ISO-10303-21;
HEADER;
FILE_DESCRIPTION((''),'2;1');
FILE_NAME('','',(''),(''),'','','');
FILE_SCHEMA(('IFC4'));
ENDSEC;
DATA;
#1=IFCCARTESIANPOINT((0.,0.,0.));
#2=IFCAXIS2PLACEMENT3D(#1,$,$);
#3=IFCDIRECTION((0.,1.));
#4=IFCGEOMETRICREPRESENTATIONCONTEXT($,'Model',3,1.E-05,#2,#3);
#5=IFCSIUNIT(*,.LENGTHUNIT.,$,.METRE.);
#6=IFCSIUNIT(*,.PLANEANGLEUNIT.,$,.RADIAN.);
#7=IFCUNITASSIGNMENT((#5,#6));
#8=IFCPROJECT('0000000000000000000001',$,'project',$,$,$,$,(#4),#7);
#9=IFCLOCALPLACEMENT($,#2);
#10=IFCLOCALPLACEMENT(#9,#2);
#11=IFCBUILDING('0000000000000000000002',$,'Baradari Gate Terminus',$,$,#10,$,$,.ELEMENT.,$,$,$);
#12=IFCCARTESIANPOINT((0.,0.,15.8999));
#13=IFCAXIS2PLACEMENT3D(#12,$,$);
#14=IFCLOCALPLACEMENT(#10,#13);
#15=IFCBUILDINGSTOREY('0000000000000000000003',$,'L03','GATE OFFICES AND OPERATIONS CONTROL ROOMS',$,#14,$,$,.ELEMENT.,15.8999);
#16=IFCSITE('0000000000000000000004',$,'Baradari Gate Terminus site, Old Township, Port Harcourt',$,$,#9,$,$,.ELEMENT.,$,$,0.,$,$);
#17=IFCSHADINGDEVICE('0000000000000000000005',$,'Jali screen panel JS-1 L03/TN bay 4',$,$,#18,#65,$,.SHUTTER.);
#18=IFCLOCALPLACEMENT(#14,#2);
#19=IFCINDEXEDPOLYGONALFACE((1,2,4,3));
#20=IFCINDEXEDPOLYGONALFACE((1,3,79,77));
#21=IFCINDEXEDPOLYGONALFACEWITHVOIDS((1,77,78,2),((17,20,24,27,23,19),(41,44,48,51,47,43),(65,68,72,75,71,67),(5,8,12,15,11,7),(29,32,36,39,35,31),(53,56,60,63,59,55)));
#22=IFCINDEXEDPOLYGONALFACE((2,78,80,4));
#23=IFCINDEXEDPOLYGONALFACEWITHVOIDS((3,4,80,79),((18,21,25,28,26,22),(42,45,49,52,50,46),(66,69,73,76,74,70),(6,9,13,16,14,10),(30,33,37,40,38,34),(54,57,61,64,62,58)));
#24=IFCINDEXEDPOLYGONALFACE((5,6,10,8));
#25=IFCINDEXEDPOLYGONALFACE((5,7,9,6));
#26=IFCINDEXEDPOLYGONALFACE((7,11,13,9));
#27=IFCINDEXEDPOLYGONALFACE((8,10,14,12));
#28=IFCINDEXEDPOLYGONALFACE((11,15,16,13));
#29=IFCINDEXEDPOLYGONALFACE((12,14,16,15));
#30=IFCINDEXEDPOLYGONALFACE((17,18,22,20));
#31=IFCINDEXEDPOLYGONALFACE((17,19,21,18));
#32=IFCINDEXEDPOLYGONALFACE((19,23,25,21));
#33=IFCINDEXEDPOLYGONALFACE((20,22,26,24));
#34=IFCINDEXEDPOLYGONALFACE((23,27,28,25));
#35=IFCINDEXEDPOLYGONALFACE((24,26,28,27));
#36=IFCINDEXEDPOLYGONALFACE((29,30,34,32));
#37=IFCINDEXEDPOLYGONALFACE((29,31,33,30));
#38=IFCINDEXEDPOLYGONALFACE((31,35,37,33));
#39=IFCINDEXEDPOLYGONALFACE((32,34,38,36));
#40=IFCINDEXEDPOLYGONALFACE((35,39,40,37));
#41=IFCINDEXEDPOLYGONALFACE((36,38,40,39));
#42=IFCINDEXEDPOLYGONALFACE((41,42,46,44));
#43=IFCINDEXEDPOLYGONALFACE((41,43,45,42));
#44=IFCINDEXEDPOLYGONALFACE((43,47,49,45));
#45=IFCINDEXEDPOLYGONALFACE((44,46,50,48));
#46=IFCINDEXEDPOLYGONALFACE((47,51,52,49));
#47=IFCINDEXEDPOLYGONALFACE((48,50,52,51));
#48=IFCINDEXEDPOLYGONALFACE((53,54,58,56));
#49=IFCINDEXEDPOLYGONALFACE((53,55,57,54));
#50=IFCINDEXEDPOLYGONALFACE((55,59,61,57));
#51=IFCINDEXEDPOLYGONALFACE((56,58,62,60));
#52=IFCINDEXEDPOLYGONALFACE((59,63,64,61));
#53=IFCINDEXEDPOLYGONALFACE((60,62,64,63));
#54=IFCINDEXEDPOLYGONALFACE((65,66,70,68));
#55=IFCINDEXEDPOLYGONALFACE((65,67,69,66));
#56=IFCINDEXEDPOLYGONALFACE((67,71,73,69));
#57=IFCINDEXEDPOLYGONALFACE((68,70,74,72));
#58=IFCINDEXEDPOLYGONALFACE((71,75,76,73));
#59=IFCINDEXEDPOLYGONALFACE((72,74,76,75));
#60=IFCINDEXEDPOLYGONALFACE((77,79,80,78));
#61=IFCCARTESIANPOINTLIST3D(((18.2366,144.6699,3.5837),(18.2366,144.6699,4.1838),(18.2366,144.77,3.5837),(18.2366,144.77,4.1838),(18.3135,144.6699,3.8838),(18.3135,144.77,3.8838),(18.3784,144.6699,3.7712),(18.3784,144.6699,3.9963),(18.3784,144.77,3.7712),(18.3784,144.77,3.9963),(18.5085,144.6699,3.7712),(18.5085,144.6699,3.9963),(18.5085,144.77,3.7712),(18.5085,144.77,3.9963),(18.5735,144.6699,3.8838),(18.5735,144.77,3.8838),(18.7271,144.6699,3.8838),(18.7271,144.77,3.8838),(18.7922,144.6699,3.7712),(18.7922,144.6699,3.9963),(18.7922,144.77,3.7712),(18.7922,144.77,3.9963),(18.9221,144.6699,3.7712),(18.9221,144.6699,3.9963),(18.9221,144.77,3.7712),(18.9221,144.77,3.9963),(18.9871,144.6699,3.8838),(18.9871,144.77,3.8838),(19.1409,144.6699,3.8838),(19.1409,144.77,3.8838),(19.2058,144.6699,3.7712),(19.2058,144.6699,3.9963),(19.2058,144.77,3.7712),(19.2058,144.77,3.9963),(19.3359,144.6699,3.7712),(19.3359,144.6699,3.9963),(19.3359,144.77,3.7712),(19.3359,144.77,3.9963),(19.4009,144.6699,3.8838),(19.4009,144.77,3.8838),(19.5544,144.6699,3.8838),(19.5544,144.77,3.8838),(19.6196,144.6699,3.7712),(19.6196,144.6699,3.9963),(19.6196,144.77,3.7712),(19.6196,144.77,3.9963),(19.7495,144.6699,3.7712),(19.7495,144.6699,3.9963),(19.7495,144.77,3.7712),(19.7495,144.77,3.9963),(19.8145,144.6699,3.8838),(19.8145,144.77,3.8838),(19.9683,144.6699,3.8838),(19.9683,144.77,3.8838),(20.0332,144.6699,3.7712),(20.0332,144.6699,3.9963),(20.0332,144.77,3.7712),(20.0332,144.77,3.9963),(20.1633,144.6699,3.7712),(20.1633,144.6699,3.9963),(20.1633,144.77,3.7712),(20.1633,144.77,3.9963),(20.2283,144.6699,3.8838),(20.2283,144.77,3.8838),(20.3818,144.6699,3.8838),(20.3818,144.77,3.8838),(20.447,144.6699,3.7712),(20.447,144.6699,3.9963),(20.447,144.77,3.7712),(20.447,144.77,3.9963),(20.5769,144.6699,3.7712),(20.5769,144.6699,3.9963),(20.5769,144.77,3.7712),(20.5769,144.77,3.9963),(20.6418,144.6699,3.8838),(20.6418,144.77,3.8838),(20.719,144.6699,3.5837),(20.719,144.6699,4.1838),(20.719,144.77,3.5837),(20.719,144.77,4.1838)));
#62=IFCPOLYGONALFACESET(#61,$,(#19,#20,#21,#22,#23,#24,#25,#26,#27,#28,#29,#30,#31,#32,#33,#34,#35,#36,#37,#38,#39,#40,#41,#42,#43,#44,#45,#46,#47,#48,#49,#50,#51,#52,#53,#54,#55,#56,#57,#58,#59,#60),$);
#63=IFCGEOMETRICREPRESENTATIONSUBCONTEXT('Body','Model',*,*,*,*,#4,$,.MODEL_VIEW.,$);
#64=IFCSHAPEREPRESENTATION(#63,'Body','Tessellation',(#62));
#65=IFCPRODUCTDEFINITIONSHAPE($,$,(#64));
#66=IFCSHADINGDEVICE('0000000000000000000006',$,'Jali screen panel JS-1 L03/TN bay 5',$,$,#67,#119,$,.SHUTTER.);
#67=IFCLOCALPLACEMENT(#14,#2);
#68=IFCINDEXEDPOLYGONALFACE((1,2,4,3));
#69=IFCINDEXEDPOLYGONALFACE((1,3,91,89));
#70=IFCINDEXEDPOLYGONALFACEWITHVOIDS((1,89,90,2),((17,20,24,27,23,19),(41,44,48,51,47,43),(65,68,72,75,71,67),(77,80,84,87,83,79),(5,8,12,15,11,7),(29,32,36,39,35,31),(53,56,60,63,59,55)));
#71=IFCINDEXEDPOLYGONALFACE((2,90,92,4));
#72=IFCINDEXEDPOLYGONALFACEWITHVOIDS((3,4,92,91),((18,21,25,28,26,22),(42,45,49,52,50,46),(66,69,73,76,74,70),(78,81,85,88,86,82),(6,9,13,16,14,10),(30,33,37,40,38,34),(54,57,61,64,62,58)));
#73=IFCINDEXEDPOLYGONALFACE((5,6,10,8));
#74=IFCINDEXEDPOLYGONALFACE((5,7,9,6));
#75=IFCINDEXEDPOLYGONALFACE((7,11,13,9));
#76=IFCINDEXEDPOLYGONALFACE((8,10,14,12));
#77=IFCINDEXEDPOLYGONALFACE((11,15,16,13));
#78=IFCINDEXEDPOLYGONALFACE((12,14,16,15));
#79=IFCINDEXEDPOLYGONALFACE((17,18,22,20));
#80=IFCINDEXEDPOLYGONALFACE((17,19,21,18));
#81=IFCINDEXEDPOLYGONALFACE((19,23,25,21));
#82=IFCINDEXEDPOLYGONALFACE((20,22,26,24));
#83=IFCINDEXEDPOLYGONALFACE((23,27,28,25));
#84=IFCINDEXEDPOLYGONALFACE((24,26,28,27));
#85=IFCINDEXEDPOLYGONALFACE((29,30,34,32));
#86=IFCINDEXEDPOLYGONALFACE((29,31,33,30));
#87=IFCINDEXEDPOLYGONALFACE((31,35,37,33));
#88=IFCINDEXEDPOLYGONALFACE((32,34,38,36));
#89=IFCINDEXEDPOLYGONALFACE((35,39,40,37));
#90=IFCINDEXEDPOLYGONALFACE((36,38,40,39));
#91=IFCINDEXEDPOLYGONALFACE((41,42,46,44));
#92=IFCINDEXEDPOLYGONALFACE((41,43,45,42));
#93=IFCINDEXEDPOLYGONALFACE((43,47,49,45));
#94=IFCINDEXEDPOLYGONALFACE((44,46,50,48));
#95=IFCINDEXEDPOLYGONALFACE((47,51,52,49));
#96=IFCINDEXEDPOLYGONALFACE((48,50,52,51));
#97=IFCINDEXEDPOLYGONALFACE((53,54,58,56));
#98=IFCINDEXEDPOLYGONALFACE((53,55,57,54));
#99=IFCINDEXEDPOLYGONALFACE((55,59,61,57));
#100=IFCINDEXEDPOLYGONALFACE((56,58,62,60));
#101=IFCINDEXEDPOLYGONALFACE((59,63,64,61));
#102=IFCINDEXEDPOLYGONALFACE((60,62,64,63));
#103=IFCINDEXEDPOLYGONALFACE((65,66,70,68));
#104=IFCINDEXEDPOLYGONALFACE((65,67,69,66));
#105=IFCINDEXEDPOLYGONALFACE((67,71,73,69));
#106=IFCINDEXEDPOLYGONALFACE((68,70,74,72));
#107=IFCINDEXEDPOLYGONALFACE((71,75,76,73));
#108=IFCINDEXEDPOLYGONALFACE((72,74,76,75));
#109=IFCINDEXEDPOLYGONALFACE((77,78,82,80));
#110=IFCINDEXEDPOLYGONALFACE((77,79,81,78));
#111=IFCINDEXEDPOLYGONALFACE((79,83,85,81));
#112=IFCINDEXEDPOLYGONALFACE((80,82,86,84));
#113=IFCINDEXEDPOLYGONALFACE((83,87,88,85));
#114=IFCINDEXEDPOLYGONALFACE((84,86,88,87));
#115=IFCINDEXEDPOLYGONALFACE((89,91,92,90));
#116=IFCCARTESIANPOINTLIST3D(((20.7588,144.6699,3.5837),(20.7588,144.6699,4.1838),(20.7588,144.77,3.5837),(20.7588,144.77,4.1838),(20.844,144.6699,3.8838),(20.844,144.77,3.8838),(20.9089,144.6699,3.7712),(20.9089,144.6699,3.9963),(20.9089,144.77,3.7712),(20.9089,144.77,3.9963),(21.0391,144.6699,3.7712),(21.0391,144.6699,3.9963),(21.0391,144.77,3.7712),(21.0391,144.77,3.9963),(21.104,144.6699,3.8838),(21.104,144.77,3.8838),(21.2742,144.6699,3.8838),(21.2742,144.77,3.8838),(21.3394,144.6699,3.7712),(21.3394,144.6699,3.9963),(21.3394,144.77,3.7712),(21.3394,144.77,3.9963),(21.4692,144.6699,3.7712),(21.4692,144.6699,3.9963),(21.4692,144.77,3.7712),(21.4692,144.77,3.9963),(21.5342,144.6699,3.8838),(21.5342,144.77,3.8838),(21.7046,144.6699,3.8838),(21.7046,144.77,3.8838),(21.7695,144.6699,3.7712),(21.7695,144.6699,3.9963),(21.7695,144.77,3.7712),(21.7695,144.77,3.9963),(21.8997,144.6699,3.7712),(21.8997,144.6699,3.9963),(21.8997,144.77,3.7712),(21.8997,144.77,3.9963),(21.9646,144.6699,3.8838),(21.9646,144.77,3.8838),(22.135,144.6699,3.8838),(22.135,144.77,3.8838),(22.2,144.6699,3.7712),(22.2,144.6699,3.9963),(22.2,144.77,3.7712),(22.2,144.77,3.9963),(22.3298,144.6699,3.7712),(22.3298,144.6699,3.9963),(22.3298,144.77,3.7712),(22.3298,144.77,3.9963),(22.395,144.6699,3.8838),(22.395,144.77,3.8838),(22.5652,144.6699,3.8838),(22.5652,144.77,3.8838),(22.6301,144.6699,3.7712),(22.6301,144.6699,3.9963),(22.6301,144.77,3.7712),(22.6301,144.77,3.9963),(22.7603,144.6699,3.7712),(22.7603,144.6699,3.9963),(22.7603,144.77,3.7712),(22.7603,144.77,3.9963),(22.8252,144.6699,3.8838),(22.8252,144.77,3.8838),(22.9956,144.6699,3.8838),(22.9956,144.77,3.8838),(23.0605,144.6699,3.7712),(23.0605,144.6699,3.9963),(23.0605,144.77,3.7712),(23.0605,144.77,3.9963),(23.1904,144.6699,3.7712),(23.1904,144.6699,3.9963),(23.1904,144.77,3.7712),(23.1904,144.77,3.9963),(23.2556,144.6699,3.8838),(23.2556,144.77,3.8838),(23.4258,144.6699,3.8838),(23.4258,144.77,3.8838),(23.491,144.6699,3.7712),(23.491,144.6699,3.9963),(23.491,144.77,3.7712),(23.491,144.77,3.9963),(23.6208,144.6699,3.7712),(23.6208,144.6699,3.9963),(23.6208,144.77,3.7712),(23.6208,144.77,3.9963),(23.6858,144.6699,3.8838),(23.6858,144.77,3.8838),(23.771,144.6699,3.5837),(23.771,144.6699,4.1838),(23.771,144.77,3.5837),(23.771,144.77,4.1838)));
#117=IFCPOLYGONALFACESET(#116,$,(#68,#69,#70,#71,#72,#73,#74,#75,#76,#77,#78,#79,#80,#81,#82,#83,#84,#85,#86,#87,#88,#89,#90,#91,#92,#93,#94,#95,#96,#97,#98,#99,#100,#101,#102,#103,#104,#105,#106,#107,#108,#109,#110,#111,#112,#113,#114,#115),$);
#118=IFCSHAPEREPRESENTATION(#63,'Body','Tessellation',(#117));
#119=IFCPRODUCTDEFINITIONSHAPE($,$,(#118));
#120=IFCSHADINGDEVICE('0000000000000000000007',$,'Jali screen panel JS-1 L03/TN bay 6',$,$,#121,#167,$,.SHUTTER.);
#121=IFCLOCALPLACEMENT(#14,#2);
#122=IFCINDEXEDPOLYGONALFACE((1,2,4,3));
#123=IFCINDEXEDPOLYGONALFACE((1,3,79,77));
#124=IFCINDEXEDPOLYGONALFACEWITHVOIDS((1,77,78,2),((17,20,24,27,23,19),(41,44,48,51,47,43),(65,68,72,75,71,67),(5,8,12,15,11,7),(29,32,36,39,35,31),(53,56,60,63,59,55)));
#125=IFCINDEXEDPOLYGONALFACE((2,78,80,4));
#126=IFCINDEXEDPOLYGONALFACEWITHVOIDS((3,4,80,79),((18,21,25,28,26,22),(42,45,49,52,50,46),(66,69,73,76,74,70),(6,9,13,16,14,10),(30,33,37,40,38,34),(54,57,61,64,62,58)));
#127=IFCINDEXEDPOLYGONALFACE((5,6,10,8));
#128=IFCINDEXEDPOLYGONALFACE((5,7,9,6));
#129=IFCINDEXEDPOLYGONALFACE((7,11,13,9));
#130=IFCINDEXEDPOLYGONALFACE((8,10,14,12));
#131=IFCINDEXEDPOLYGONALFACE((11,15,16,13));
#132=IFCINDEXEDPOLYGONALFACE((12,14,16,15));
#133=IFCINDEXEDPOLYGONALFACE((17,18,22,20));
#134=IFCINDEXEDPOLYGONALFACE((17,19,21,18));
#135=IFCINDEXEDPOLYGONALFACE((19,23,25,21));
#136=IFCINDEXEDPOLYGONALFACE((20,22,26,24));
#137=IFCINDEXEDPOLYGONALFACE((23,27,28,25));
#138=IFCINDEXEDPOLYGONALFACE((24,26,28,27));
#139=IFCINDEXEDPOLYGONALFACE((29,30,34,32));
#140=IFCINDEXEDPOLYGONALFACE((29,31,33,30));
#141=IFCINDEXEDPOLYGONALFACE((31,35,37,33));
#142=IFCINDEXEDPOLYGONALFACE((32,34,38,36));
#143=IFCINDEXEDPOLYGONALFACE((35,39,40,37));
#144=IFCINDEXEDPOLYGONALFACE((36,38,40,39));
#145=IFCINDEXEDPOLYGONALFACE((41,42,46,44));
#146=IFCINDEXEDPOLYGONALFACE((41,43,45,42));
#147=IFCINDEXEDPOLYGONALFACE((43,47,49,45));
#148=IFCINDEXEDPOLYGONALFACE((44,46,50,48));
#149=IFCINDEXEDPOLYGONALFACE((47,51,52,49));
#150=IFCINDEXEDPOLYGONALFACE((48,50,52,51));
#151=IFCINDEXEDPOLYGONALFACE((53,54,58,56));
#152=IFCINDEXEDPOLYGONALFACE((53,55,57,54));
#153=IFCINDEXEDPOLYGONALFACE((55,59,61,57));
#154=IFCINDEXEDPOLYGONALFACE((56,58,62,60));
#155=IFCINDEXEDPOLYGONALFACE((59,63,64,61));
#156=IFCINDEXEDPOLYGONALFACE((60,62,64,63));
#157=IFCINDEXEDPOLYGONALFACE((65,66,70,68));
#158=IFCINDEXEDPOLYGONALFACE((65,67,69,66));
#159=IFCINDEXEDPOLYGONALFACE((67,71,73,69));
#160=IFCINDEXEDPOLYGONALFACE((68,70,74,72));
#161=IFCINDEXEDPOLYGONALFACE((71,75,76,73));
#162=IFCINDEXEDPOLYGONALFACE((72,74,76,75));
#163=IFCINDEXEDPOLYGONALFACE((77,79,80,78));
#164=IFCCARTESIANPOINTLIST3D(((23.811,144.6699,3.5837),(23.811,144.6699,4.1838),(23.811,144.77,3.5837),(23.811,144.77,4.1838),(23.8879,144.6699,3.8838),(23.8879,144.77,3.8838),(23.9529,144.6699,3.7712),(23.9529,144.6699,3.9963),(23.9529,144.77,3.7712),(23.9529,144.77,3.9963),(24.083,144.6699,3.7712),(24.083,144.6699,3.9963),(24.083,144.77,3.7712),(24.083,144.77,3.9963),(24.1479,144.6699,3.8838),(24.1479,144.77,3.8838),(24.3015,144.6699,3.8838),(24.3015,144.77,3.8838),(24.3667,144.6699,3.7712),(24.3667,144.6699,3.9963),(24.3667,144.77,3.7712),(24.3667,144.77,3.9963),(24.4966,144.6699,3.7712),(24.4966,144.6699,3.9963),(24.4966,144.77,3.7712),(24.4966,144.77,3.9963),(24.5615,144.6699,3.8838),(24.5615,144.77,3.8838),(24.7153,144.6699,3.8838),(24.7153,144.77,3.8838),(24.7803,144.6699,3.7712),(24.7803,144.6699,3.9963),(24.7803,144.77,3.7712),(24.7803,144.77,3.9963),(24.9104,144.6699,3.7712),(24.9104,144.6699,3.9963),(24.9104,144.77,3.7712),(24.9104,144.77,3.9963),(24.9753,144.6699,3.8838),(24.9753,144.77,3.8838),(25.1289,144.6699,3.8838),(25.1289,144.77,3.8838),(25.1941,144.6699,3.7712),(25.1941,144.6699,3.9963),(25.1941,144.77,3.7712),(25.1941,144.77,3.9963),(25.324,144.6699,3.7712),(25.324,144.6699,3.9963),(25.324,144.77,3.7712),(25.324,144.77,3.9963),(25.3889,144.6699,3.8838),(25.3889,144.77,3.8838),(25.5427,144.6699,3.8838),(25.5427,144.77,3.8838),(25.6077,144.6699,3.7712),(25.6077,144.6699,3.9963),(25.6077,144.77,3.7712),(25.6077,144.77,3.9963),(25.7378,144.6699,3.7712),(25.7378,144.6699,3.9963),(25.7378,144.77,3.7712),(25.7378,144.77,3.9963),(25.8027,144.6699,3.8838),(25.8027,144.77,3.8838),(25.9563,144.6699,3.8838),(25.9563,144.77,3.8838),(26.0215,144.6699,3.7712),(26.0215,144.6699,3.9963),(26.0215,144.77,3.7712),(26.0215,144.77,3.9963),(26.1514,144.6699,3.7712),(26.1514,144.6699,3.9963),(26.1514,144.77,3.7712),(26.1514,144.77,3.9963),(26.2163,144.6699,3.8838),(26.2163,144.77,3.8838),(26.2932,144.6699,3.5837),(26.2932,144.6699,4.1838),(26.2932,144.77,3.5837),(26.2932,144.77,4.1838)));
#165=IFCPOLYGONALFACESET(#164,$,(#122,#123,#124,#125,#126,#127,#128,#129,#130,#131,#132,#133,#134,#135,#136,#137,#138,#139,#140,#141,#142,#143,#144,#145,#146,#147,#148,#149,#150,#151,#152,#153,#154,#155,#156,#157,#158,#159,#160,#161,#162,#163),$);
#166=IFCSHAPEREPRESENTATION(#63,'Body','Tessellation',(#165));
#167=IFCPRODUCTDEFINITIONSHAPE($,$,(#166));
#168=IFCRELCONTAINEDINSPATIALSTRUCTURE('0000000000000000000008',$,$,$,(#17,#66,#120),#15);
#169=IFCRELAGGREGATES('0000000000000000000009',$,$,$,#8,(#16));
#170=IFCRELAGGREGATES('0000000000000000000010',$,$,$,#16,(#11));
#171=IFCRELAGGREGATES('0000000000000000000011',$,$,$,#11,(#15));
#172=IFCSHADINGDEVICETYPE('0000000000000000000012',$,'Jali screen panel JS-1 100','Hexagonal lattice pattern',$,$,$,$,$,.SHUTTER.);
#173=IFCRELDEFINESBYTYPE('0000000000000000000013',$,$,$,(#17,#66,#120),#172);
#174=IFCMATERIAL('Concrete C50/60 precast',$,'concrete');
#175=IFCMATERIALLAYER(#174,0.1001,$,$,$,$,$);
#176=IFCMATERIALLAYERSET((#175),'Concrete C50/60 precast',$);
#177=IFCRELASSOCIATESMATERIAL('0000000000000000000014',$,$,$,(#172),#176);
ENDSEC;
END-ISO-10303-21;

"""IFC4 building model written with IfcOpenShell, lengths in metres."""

from ifc_helpers import new_model, si_unit, direction, frame, origin, place, context, subcontext, project, spatial, polyline, outline, extrude, material, layer, layer_set, type_object, element, save


model = new_model("IFC4")

# Units and contexts
model_context = context("Model", 3, precision=1e-05, world=origin(), true_north=direction((0.0, 1.0)))
body_context = subcontext(model_context, "Body", "Model", "MODEL_VIEW")
ifc_project = project(units=[si_unit("LENGTHUNIT", "METRE"), si_unit("PLANEANGLEUNIT", "RADIAN")], contexts=[model_context])

# Site, building, storey
site_placement = place(None, origin())
site = spatial("IfcSite", under=ifc_project, at=site_placement, Name="Baradari Gate Terminus site, Old Township, Port Harcourt", CompositionType="ELEMENT", RefElevation=0.0)
building_placement = place(site_placement, origin())
building = spatial("IfcBuilding", under=site, at=building_placement, Name="Baradari Gate Terminus", CompositionType="ELEMENT")
storey_placement = place(building_placement, frame((0.0, 0.0, 15.8999)))
storey = spatial("IfcBuildingStorey", under=building, at=storey_placement, Name="L03", Description="GATE OFFICES AND OPERATIONS CONTROL ROOMS", CompositionType="ELEMENT", Elevation=15.8999)

# Shading devices
ifc_material_1 = material(Name="Concrete C50/60 precast", Category="concrete")
ifc_layer_1 = layer(ifc_material_1, 0.1001)
ifc_layer_set_1 = layer_set([ifc_layer_1], Name="Concrete C50/60 precast")
shading_device_type_1 = type_object("IfcShadingDeviceType", Name="Jali screen panel JS-1 100", Description="Hexagonal lattice pattern", PredefinedType="SHUTTER", material=ifc_layer_set_1)
shading_device_1_placement = place(storey_placement, frame((18.2366, 144.72, 3.5837), z_axis=(0.0, 0.0, 1.0), x_axis=(1.0, 0.0, 0.0)))
element("IfcShadingDevice", 1, at=shading_device_1_placement, inside=storey, type_object=shading_device_type_1, Name="Jali screen panel JS-1 L03/TN bay 4", PredefinedType="SHUTTER", context=body_context, shape_type="SweptSolid", body=[
    extrude(outline(polyline([(0.0, 0.0), (2.4824, 0.0), (2.4824, 0.6001), (0.0, 0.6001), (0.0, 0.0)]), holes=[polyline([(0.3369, 0.3), (0.272, 0.1875), (0.1418, 0.1875), (0.0769, 0.3), (0.1418, 0.4126), (0.272, 0.4126), (0.3369, 0.3)]), polyline([(0.7505, 0.3), (0.6855, 0.1875), (0.5557, 0.1875), (0.4905, 0.3), (0.5557, 0.4126), (0.6855, 0.4126), (0.7505, 0.3)]), polyline([(1.1643, 0.3), (1.0994, 0.1875), (0.9692, 0.1875), (0.9043, 0.3), (0.9692, 0.4126), (1.0994, 0.4126), (1.1643, 0.3)]), polyline([(1.5779, 0.3), (1.5129, 0.1875), (1.3831, 0.1875), (1.3179, 0.3), (1.3831, 0.4126), (1.5129, 0.4126), (1.5779, 0.3)]), polyline([(1.9917, 0.3), (1.9268, 0.1875), (1.7966, 0.1875), (1.7317, 0.3), (1.7966, 0.4126), (1.9268, 0.4126), (1.9917, 0.3)]), polyline([(2.4053, 0.3), (2.3403, 0.1875), (2.2104, 0.1875), (2.1453, 0.3), (2.2104, 0.4126), (2.3403, 0.4126), (2.4053, 0.3)])]), frame((0.0, 0.05, 0.0), z_axis=(0.0, -1.0, 0.0), x_axis=(1.0, 0.0, 0.0)), (0.0, 0.0, 1.0), 0.1001),
])
shading_device_2_placement = place(storey_placement, frame((20.7588, 144.72, 3.5837), z_axis=(0.0, 0.0, 1.0), x_axis=(1.0, 0.0, 0.0)))
element("IfcShadingDevice", 2, at=shading_device_2_placement, inside=storey, type_object=shading_device_type_1, Name="Jali screen panel JS-1 L03/TN bay 5", PredefinedType="SHUTTER", context=body_context, shape_type="SweptSolid", body=[
    extrude(outline(polyline([(0.0, 0.0), (3.0122, 0.0), (3.0122, 0.6001), (0.0, 0.6001), (0.0, 0.0)]), holes=[polyline([(0.3452, 0.3), (0.2803, 0.1875), (0.1501, 0.1875), (0.0852, 0.3), (0.1501, 0.4126), (0.2803, 0.4126), (0.3452, 0.3)]), polyline([(0.7754, 0.3), (0.7104, 0.1875), (0.5806, 0.1875), (0.5154, 0.3), (0.5806, 0.4126), (0.7104, 0.4126), (0.7754, 0.3)]), polyline([(1.2058, 0.3), (1.1409, 0.1875), (1.0107, 0.1875), (0.9458, 0.3), (1.0107, 0.4126), (1.1409, 0.4126), (1.2058, 0.3)]), polyline([(1.6362, 0.3), (1.571, 0.1875), (1.4412, 0.1875), (1.3762, 0.3), (1.4412, 0.4126), (1.571, 0.4126), (1.6362, 0.3)]), polyline([(2.0664, 0.3), (2.0015, 0.1875), (1.8713, 0.1875), (1.8064, 0.3), (1.8713, 0.4126), (2.0015, 0.4126), (2.0664, 0.3)]), polyline([(2.4968, 0.3), (2.4316, 0.1875), (2.3018, 0.1875), (2.2368, 0.3), (2.3018, 0.4126), (2.4316, 0.4126), (2.4968, 0.3)]), polyline([(2.927, 0.3), (2.8621, 0.1875), (2.7322, 0.1875), (2.667, 0.3), (2.7322, 0.4126), (2.8621, 0.4126), (2.927, 0.3)])]), frame((0.0, 0.05, 0.0), z_axis=(0.0, -1.0, 0.0), x_axis=(1.0, 0.0, 0.0)), (0.0, 0.0, 1.0), 0.1001),
])
for number, where, z_axis, x_axis, name in (
    (3, (23.811, 144.72, 3.5837), (0.0, 0.0, 1.0), (1.0, 0.0, 0.0), "Jali screen panel JS-1 L03/TN bay 6"),
):
    element("IfcShadingDevice", number, at=place(storey_placement, frame(where, z_axis=z_axis, x_axis=x_axis)), inside=storey, type_object=shading_device_type_1, Name=name, PredefinedType="SHUTTER", context=body_context, shape_type="SweptSolid", body=[
        extrude(outline(polyline([(0.0, 0.0), (2.4822, 0.0), (2.4822, 0.6001), (0.0, 0.6001), (0.0, 0.0)]), holes=[polyline([(0.3369, 0.3), (0.272, 0.1875), (0.1418, 0.1875), (0.0769, 0.3), (0.1418, 0.4126), (0.272, 0.4126), (0.3369, 0.3)]), polyline([(0.7505, 0.3), (0.6855, 0.1875), (0.5557, 0.1875), (0.4905, 0.3), (0.5557, 0.4126), (0.6855, 0.4126), (0.7505, 0.3)]), polyline([(1.1643, 0.3), (1.0994, 0.1875), (0.9692, 0.1875), (0.9043, 0.3), (0.9692, 0.4126), (1.0994, 0.4126), (1.1643, 0.3)]), polyline([(1.5779, 0.3), (1.5129, 0.1875), (1.3831, 0.1875), (1.3179, 0.3), (1.3831, 0.4126), (1.5129, 0.4126), (1.5779, 0.3)]), polyline([(1.9917, 0.3), (1.9268, 0.1875), (1.7966, 0.1875), (1.7317, 0.3), (1.7966, 0.4126), (1.9268, 0.4126), (1.9917, 0.3)]), polyline([(2.4053, 0.3), (2.3403, 0.1875), (2.2104, 0.1875), (2.1453, 0.3), (2.2104, 0.4126), (2.3403, 0.4126), (2.4053, 0.3)])]), frame((0.0, 0.05, 0.0), z_axis=(0.0, -1.0, 0.0), x_axis=(1.0, 0.0, 0.0)), (0.0, 0.0, 1.0), 0.1001),
    ])

save(model, "model.ifc")
